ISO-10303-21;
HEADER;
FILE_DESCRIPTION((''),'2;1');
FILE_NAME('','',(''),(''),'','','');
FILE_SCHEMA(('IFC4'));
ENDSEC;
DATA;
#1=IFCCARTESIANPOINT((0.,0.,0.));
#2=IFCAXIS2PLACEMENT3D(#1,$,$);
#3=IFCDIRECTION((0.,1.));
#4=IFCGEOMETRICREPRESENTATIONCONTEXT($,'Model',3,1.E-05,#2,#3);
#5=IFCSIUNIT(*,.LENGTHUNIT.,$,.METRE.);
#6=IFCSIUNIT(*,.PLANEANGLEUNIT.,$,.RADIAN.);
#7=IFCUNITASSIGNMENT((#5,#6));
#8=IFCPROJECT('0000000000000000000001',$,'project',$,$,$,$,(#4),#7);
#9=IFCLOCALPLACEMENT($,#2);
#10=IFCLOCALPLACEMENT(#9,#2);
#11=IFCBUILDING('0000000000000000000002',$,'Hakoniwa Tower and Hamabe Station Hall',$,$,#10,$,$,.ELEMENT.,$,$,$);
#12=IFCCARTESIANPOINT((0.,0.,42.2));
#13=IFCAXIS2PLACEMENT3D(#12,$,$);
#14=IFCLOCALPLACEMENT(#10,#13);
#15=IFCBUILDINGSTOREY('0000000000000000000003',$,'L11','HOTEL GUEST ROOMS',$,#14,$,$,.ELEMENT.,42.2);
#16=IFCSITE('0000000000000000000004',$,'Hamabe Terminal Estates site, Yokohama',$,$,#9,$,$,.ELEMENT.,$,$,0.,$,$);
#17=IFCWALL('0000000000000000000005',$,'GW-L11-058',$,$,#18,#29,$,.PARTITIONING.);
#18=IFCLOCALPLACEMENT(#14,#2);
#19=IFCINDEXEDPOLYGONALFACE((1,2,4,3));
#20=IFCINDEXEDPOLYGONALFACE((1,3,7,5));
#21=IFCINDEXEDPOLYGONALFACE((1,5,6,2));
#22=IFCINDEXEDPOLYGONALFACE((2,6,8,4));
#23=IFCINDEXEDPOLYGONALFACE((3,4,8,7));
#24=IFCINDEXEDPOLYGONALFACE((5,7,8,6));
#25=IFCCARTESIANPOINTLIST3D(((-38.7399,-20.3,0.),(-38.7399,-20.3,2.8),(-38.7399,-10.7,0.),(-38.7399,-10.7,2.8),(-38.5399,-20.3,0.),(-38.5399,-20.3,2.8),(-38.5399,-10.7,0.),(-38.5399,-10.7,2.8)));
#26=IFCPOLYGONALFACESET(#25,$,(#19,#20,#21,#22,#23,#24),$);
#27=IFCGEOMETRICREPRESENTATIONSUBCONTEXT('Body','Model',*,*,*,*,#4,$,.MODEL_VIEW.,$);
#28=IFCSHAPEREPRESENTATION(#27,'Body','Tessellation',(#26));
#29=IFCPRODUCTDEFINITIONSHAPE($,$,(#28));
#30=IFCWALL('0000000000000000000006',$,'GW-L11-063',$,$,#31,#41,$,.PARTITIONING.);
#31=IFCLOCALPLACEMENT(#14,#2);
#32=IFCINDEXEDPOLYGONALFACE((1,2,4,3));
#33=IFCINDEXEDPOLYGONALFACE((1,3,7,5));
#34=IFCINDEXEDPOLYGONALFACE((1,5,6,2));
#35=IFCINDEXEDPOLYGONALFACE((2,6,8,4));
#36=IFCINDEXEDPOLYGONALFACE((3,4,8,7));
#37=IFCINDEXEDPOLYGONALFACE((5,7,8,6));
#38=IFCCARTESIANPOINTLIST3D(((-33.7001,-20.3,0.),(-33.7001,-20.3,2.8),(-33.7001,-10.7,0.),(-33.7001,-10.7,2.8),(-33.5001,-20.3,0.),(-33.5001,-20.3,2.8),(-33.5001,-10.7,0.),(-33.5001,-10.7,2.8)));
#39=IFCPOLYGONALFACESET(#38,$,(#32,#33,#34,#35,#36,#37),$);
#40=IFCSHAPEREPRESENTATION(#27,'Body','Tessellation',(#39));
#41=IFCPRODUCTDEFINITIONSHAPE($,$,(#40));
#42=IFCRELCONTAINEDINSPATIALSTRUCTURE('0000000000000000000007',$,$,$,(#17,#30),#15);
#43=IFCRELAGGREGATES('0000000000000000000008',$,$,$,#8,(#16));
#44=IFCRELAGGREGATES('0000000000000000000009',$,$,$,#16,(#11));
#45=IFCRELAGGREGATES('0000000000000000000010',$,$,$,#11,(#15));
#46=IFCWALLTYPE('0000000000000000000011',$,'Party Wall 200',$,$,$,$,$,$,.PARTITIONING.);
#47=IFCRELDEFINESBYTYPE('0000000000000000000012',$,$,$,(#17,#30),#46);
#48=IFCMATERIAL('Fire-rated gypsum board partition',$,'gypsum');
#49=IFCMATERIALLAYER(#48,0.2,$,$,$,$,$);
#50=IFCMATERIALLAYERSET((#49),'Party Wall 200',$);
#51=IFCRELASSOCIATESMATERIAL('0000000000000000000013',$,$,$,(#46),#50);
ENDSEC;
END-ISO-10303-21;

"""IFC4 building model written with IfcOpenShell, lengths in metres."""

from ifc_helpers import new_model, si_unit, direction, frame, frame_2d, origin, place, context, subcontext, project, spatial, rectangle, extrude, material, layer, layer_set, type_object, element, save


model = new_model("IFC4")

# Units and contexts
model_context = context("Model", 3, precision=1e-05, world=origin(), true_north=direction((0.0, 1.0)))
body_context = subcontext(model_context, "Body", "Model", "MODEL_VIEW")
ifc_project = project(units=[si_unit("LENGTHUNIT", "METRE"), si_unit("PLANEANGLEUNIT", "RADIAN")], contexts=[model_context])

# Site, building, storey
site_placement = place(None, origin())
site = spatial("IfcSite", under=ifc_project, at=site_placement, Name="Hamabe Terminal Estates site, Yokohama", CompositionType="ELEMENT", RefElevation=0.0)
building_placement = place(site_placement, origin())
building = spatial("IfcBuilding", under=site, at=building_placement, Name="Hakoniwa Tower and Hamabe Station Hall", CompositionType="ELEMENT")
storey_placement = place(building_placement, frame((0.0, 0.0, 42.2)))
storey = spatial("IfcBuildingStorey", under=building, at=storey_placement, Name="L11", Description="HOTEL GUEST ROOMS", CompositionType="ELEMENT", Elevation=42.2)

# Walls
ifc_material_1 = material(Name="Fire-rated gypsum board partition", Category="gypsum")
ifc_layer_1 = layer(ifc_material_1, 0.2)
ifc_layer_set_1 = layer_set([ifc_layer_1], Name="Party Wall 200")
wall_type_1 = type_object("IfcWallType", Name="Party Wall 200", PredefinedType="PARTITIONING", material=ifc_layer_set_1)
for number, where, z_axis, x_axis, name in (
    (1, (-38.6399, -20.3, 0.0), (0.0, 0.0, 1.0), (0.0, 1.0, 0.0), "GW-L11-058"),
    (2, (-33.6001, -20.3, 0.0), (0.0, 0.0, 1.0), (0.0, 1.0, 0.0), "GW-L11-063"),
):
    element("IfcWall", number, at=place(storey_placement, frame(where, z_axis=z_axis, x_axis=x_axis)), inside=storey, type_object=wall_type_1, Name=name, PredefinedType="PARTITIONING", context=body_context, shape_type="SweptSolid", body=[
        extrude(rectangle(XDim=9.6001, YDim=0.2, at=frame_2d((4.8, 0.0))), origin(), (0.0, 0.0, 1.0), 2.8),
    ])

save(model, "model.ifc")
